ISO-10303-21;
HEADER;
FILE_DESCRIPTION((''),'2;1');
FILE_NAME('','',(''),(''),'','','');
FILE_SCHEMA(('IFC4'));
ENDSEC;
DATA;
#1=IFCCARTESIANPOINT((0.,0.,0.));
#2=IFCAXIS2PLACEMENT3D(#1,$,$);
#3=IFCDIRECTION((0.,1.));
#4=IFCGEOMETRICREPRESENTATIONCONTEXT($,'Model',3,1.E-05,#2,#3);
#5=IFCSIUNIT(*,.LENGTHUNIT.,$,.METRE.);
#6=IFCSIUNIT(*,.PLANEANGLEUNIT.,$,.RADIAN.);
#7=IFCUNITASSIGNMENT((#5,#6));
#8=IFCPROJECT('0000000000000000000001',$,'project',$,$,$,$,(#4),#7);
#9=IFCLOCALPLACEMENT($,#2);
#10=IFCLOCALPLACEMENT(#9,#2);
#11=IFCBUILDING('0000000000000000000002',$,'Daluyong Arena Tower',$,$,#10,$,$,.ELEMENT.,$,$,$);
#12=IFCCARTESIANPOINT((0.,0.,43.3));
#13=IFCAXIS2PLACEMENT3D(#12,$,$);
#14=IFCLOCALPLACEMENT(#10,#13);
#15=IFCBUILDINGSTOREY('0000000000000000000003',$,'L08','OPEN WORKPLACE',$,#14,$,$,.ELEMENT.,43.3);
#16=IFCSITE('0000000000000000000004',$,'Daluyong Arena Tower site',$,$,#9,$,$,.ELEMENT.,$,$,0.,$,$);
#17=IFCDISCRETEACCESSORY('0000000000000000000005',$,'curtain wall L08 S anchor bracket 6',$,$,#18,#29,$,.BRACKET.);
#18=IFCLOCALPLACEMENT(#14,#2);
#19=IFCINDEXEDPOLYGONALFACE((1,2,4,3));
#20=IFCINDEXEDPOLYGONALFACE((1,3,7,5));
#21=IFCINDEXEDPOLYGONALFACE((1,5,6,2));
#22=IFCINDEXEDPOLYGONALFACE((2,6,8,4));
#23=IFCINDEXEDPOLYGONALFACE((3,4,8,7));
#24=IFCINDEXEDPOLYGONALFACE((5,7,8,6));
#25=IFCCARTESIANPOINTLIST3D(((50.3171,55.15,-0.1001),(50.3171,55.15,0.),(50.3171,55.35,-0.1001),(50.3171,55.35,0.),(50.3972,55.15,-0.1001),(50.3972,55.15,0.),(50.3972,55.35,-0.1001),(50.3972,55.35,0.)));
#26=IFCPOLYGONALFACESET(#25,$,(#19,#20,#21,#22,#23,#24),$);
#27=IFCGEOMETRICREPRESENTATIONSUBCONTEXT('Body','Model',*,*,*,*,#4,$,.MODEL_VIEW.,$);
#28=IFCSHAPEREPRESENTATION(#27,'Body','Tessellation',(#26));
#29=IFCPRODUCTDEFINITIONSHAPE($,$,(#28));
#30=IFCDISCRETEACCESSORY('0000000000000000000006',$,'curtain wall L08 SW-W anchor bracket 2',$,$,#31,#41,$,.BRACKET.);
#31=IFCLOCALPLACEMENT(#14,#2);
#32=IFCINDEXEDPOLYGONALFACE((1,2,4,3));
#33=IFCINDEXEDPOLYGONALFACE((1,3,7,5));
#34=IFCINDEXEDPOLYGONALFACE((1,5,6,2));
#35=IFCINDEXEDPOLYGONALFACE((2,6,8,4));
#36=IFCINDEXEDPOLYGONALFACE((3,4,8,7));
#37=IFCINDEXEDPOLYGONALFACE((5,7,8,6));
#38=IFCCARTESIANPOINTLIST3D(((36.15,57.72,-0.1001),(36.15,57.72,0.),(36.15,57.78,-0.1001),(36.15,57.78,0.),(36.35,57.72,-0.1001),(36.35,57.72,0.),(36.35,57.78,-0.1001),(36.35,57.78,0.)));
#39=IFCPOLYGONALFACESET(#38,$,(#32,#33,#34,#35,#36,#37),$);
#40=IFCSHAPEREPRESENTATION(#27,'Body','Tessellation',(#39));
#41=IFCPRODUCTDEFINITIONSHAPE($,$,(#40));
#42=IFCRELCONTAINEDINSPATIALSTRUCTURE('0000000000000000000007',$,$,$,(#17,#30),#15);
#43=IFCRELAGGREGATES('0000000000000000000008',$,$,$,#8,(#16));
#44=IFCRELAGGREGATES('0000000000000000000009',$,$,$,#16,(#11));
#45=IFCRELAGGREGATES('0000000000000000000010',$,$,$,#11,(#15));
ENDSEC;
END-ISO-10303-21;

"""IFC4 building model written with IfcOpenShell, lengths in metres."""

from ifc_helpers import new_model, si_unit, direction, frame, origin, origin_2d, place, context, subcontext, project, spatial, rectangle, extrude, element, save


model = new_model("IFC4")

# Units and contexts
model_context = context("Model", 3, precision=1e-05, world=origin(), true_north=direction((0.0, 1.0)))
body_context = subcontext(model_context, "Body", "Model", "MODEL_VIEW")
ifc_project = project(units=[si_unit("LENGTHUNIT", "METRE"), si_unit("PLANEANGLEUNIT", "RADIAN")], contexts=[model_context])

# Site, building, storey
site_placement = place(None, origin())
site = spatial("IfcSite", under=ifc_project, at=site_placement, Name="Daluyong Arena Tower site", CompositionType="ELEMENT", RefElevation=0.0)
building_placement = place(site_placement, origin())
building = spatial("IfcBuilding", under=site, at=building_placement, Name="Daluyong Arena Tower", CompositionType="ELEMENT")
storey_placement = place(building_placement, frame((0.0, 0.0, 43.3)))
storey = spatial("IfcBuildingStorey", under=building, at=storey_placement, Name="L08", Description="OPEN WORKPLACE", CompositionType="ELEMENT", Elevation=43.3)

# Discrete accessories
for number, where, z_axis, x_axis, name in (
    (1, (50.3572, 55.25, -0.1001), (0.0, 0.0, 1.0), (1.0, 0.0, 0.0), "curtain wall L08 S anchor bracket 6"),
):
    element("IfcDiscreteAccessory", number, at=place(storey_placement, frame(where, z_axis=z_axis, x_axis=x_axis)), inside=storey, Name=name, PredefinedType="BRACKET", context=body_context, shape_type="SweptSolid", body=[
        extrude(rectangle(XDim=0.0801, YDim=0.2, at=origin_2d()), origin(), (0.0, 0.0, 1.0), 0.1001),
    ])
discrete_accessory_placement = place(storey_placement, frame((36.25, 57.75, -0.1001), z_axis=(0.0, 0.0, 1.0), x_axis=(0.0, -1.0, 0.0)))
element("IfcDiscreteAccessory", 2, at=discrete_accessory_placement, inside=storey, Name="curtain wall L08 SW-W anchor bracket 2", PredefinedType="BRACKET", context=body_context, shape_type="SweptSolid", body=[
    extrude(rectangle(XDim=0.0601, YDim=0.2, at=origin_2d()), origin(), (0.0, 0.0, 1.0), 0.1001),
])

save(model, "model.ifc")
